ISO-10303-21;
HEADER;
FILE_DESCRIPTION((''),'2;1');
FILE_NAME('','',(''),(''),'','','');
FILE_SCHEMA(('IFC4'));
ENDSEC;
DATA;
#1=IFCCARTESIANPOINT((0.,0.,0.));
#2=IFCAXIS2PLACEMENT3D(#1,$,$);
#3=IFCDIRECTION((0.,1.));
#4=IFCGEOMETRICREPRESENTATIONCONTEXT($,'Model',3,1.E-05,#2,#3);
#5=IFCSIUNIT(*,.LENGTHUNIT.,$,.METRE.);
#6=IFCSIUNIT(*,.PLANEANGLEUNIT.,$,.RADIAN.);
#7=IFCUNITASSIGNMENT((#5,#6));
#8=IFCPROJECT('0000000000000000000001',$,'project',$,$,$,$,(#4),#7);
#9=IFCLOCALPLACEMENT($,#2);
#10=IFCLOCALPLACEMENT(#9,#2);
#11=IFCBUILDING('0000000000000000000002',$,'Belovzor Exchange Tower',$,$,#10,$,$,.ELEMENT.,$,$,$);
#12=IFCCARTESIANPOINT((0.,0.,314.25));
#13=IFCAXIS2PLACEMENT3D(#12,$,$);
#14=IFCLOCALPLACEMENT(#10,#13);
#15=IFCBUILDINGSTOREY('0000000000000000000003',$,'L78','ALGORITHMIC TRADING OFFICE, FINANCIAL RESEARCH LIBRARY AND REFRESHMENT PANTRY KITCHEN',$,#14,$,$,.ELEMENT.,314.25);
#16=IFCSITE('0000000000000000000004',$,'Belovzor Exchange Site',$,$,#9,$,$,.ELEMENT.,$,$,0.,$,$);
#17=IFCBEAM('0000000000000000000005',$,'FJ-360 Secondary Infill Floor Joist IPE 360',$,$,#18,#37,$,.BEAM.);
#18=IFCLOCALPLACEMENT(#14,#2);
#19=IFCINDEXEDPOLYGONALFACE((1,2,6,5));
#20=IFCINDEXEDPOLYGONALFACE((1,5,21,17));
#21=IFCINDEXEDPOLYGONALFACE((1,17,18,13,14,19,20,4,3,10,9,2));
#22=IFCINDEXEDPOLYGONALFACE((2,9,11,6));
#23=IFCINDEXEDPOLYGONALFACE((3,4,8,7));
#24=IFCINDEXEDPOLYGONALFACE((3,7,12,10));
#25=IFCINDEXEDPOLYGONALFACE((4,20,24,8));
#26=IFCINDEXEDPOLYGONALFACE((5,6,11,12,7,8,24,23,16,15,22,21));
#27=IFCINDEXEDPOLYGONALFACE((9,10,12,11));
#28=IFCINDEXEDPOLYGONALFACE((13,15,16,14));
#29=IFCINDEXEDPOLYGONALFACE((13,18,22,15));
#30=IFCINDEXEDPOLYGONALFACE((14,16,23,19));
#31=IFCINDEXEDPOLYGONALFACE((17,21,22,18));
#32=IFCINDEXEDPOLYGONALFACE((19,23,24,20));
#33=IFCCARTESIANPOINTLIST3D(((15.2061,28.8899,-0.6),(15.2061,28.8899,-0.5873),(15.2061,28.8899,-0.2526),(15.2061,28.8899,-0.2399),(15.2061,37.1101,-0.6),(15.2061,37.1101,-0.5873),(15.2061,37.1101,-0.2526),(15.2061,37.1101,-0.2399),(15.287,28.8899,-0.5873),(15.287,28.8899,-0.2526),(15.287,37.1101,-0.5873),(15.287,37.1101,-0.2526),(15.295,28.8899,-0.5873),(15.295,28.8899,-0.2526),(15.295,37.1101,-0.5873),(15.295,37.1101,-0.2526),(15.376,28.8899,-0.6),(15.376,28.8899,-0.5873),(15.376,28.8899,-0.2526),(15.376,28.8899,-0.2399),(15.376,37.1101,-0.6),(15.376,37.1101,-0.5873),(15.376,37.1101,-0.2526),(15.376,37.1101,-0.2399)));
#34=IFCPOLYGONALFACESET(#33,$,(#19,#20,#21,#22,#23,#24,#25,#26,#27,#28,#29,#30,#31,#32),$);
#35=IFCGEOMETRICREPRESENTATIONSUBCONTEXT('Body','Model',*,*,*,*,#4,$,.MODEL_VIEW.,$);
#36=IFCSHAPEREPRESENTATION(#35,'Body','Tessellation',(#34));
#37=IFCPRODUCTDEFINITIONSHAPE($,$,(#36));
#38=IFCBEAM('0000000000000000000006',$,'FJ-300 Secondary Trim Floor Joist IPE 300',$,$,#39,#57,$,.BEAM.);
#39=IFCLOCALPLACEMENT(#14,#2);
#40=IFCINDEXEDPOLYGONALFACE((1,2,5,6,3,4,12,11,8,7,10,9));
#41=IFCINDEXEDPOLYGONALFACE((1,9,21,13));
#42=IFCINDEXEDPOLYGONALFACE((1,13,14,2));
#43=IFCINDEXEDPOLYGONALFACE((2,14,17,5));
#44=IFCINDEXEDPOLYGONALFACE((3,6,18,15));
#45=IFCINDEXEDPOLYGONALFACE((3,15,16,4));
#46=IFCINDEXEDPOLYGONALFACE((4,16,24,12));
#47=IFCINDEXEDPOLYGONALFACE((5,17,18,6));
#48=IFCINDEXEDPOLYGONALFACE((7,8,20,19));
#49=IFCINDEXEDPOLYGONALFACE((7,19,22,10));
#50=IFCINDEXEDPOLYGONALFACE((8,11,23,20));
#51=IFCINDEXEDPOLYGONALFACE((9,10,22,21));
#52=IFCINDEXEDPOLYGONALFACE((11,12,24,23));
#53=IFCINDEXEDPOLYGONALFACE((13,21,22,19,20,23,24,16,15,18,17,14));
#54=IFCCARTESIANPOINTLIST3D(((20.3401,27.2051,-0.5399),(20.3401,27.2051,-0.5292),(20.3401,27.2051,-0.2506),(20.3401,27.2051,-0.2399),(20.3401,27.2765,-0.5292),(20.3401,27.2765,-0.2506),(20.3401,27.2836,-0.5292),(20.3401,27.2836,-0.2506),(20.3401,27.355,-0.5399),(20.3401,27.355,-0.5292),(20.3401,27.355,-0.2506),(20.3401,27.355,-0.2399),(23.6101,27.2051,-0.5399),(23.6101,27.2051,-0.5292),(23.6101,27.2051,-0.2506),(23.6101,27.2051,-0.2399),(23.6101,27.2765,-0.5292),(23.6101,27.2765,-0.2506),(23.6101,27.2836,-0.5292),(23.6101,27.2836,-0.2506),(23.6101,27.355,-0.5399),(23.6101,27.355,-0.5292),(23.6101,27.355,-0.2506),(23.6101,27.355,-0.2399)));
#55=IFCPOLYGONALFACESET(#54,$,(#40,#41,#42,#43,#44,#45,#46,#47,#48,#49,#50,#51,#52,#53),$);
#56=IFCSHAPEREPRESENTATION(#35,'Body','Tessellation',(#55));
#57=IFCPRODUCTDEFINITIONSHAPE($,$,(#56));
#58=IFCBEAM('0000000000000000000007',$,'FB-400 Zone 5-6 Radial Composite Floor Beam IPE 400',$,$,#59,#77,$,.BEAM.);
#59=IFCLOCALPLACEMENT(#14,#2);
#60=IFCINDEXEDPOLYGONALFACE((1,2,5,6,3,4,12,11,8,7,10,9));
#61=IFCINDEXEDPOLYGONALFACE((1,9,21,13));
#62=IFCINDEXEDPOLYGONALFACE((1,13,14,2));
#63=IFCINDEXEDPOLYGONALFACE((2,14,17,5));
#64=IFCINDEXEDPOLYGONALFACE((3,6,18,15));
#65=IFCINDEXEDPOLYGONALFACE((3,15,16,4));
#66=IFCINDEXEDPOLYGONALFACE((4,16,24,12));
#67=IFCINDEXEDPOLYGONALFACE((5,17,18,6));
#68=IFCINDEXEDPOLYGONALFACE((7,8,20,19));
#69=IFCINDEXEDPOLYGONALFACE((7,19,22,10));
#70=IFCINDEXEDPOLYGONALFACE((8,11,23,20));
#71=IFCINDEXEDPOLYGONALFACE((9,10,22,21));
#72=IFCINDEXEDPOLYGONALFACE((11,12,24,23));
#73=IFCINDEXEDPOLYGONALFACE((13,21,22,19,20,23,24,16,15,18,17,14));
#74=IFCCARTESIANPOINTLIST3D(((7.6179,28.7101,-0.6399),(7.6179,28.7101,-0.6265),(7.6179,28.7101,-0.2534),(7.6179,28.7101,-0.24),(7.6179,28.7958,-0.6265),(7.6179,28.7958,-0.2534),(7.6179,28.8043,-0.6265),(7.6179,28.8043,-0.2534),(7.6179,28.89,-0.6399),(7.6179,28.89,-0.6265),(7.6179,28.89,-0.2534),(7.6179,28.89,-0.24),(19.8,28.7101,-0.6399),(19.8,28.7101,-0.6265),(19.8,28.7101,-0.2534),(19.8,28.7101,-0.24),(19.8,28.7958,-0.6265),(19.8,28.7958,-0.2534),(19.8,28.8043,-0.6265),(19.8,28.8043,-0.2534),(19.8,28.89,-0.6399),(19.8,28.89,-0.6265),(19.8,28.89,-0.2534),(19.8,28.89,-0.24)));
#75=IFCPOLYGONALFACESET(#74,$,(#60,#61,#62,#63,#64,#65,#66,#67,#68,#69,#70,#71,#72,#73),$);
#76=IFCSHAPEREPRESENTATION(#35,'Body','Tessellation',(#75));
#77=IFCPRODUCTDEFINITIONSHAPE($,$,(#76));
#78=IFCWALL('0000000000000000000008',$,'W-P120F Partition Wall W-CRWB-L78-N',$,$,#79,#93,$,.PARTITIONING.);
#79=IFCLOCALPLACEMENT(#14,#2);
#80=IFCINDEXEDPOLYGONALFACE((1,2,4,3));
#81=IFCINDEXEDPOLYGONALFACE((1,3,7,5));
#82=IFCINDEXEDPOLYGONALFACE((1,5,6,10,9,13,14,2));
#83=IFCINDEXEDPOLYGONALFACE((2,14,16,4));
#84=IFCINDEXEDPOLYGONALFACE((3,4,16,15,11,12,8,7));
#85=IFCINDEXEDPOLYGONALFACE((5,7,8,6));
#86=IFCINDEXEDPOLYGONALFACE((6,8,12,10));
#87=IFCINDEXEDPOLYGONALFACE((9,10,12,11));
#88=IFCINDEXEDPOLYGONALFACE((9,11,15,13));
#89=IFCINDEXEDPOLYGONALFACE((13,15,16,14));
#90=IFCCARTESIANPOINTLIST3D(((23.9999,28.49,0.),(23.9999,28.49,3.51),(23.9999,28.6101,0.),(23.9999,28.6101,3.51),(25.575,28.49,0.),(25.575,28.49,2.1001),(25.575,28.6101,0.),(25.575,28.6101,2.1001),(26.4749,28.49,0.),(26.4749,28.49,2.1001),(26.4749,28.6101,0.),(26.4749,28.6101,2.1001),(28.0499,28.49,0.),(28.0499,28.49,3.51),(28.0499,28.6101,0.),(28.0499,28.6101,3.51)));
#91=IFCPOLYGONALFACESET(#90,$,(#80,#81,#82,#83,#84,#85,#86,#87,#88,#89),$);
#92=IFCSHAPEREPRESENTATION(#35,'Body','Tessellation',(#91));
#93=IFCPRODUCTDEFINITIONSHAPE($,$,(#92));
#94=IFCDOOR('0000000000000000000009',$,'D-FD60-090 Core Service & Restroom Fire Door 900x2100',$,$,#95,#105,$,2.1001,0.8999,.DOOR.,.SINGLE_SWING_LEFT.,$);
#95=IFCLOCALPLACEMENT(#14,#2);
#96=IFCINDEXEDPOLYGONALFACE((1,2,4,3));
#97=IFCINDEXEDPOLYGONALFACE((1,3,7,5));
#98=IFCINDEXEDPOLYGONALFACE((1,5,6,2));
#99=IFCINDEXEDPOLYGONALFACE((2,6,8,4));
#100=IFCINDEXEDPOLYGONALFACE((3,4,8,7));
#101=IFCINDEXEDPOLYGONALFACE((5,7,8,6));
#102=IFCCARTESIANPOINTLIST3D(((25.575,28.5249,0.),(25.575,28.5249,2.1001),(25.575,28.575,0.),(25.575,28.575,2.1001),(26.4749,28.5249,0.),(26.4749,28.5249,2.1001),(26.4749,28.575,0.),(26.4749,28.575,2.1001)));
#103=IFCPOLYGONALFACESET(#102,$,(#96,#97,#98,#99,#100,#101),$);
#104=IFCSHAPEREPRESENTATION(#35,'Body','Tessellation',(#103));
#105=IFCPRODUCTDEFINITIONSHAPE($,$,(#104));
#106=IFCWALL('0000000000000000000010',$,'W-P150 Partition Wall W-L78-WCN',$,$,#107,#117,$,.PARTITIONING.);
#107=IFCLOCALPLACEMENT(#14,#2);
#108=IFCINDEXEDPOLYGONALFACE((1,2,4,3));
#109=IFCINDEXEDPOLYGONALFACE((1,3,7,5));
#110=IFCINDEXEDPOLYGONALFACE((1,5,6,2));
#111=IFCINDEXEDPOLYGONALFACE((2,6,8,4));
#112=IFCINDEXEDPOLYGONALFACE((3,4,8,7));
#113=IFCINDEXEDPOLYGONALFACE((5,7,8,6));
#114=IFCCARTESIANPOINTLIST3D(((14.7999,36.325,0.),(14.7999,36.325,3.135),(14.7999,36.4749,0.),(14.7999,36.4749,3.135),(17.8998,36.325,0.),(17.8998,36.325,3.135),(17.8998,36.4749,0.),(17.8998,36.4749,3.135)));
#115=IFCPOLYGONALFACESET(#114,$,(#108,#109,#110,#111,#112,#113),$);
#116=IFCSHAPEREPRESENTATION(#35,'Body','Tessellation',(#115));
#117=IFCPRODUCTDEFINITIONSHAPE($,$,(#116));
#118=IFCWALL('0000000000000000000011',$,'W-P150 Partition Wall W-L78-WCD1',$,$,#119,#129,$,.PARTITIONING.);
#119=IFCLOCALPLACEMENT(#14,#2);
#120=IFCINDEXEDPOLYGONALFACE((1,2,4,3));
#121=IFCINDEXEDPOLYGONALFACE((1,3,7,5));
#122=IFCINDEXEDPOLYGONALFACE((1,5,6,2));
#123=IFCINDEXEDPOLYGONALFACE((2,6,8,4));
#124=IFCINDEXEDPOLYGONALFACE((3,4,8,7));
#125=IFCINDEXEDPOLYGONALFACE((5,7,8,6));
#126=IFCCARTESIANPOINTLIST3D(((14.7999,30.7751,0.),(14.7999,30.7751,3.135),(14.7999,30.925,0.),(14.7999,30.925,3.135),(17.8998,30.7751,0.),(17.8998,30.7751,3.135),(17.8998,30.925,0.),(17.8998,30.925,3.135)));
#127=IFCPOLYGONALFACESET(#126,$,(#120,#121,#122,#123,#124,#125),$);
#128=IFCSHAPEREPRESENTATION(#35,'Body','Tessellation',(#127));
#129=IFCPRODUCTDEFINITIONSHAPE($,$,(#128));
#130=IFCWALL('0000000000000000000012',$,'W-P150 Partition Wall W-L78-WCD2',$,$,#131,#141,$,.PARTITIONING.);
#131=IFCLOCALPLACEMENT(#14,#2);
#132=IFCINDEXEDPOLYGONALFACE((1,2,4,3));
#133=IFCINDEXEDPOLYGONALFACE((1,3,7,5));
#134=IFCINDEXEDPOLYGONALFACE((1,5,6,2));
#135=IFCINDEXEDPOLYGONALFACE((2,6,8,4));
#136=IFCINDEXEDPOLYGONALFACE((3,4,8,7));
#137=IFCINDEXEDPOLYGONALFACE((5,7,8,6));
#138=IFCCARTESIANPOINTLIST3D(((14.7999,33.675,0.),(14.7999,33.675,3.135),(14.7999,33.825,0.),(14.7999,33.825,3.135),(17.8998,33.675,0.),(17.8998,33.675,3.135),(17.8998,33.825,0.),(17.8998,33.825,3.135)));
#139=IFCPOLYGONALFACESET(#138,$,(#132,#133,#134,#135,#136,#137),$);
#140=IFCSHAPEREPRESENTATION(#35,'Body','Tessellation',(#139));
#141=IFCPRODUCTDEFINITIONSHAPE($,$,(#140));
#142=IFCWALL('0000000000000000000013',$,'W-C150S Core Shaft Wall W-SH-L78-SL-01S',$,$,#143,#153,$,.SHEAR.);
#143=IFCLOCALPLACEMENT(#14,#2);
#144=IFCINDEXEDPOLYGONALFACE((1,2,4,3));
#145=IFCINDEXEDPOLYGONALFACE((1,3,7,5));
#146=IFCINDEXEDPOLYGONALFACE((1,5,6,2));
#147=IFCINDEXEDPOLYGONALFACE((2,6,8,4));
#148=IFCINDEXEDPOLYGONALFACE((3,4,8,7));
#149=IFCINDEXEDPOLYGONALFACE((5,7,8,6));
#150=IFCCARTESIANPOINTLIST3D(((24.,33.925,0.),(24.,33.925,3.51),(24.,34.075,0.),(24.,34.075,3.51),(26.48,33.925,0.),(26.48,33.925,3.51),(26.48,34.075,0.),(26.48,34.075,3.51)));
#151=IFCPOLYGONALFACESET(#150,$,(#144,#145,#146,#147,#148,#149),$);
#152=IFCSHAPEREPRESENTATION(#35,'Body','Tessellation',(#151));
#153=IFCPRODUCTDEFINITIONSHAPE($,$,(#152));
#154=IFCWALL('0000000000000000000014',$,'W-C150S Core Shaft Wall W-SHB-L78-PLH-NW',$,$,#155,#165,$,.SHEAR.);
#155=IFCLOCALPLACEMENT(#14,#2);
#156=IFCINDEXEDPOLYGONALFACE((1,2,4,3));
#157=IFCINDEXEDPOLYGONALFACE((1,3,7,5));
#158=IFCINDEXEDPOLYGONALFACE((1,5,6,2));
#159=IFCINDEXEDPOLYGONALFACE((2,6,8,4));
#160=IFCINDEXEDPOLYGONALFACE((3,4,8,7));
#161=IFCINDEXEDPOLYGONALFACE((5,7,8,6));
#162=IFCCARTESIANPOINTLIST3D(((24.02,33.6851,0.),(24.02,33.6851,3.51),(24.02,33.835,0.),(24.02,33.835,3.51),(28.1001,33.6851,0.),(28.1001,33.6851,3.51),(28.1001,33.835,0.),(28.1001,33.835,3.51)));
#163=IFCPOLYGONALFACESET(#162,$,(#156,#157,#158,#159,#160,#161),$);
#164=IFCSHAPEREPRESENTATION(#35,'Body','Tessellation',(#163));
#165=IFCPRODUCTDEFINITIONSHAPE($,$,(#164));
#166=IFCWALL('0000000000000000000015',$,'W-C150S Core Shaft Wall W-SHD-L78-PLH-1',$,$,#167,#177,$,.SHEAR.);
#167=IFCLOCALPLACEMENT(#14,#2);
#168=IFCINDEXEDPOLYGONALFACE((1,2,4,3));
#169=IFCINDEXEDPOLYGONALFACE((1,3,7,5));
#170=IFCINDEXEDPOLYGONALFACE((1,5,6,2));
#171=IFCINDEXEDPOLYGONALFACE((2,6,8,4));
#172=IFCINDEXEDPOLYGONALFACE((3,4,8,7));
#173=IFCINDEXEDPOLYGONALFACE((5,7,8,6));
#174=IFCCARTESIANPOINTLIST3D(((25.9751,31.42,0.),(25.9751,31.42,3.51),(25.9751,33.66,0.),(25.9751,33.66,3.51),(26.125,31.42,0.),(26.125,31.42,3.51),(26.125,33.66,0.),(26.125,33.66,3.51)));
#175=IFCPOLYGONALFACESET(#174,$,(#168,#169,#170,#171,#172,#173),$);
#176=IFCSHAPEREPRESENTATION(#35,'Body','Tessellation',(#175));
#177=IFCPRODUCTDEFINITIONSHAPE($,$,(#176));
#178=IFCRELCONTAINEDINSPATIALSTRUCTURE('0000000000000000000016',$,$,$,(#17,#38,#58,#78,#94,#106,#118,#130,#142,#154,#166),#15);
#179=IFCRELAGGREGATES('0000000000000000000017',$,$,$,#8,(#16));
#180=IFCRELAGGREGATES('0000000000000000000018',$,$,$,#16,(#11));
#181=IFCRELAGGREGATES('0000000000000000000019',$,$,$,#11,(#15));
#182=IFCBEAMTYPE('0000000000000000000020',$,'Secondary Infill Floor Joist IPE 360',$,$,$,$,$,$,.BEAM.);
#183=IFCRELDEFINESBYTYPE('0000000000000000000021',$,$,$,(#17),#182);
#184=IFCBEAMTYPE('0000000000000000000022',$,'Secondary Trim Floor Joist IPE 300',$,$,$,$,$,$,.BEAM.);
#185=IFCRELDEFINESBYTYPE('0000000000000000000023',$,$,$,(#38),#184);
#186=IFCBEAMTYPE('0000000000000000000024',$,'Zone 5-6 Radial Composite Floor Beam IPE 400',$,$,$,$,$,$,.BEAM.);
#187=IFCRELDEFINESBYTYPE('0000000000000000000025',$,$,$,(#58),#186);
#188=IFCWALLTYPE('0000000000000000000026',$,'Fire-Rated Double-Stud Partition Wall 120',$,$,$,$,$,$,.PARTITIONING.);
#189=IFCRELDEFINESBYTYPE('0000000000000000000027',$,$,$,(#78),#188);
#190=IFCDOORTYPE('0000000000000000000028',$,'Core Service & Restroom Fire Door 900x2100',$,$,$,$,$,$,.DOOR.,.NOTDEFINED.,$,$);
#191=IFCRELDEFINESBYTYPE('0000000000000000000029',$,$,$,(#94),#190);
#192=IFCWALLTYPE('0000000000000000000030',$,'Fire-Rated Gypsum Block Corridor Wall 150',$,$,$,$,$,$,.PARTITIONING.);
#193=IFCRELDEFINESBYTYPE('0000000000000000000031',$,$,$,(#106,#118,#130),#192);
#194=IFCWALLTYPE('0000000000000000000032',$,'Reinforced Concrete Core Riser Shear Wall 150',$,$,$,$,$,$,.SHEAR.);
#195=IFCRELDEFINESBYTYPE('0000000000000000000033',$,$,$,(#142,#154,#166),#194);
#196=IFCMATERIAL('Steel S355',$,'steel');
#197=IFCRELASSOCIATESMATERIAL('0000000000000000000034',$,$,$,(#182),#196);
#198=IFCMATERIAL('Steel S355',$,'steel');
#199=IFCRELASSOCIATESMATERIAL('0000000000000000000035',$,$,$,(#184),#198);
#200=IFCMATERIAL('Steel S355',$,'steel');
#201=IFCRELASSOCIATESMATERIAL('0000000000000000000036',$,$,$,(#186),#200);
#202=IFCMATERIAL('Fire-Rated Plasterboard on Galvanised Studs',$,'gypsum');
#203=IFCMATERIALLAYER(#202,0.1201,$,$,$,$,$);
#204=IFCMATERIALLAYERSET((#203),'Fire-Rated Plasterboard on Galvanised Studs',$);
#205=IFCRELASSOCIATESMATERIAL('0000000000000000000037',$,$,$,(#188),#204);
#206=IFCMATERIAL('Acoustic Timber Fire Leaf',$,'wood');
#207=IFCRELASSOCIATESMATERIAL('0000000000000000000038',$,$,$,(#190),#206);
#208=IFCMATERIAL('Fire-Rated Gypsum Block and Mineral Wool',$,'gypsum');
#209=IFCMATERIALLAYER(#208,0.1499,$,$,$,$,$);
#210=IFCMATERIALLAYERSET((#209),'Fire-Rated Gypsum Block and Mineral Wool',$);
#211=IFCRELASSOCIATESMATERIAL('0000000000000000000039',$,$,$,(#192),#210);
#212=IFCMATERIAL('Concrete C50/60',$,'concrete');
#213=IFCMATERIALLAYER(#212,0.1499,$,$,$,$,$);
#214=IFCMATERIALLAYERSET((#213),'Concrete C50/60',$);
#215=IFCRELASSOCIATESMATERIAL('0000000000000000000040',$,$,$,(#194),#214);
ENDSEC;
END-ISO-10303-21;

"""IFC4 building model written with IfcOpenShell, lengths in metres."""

from ifc_helpers import new_model, si_unit, direction, frame, frame_2d, origin, origin_2d, place, context, subcontext, project, spatial, rectangle, i_section, extrude, material, layer, layer_set, material_profile, profile_set, type_object, element, fill, save


model = new_model("IFC4")

# Units and contexts
model_context = context("Model", 3, precision=1e-05, world=origin(), true_north=direction((0.0, 1.0)))
body_context = subcontext(model_context, "Body", "Model", "MODEL_VIEW")
ifc_project = project(units=[si_unit("LENGTHUNIT", "METRE"), si_unit("PLANEANGLEUNIT", "RADIAN")], contexts=[model_context])

# Site, building, storey
site_placement = place(None, origin())
site = spatial("IfcSite", under=ifc_project, at=site_placement, Name="Belovzor Exchange Site", CompositionType="ELEMENT", RefElevation=0.0)
building_placement = place(site_placement, origin())
building = spatial("IfcBuilding", under=site, at=building_placement, Name="Belovzor Exchange Tower", CompositionType="ELEMENT")
storey_placement = place(building_placement, frame((0.0, 0.0, 314.25)))
storey = spatial("IfcBuildingStorey", under=building, at=storey_placement, Name="L78", Description="ALGORITHMIC TRADING OFFICE, FINANCIAL RESEARCH LIBRARY AND REFRESHMENT PANTRY KITCHEN", CompositionType="ELEMENT", Elevation=314.25)

# Beams
ifc_material_1 = material(Name="Steel S355", Category="steel")
ifc_material_profile_1 = material_profile(ifc_material_1, i_section(OverallWidth=0.1699, OverallDepth=0.3601, WebThickness=0.0081, FlangeThickness=0.0127, at=origin_2d()))
ifc_profile_set_1 = profile_set([ifc_material_profile_1], Name="Steel S355")
beam_type_1 = type_object("IfcBeamType", Name="Secondary Infill Floor Joist IPE 360", PredefinedType="BEAM", material=ifc_profile_set_1)
beam_1_placement = place(storey_placement, frame((15.291, 28.8899, -0.4199), z_axis=(0.0, 1.0, 0.0), x_axis=(-1.0, 0.0, 0.0)))
element("IfcBeam", 1, at=beam_1_placement, inside=storey, type_object=beam_type_1, Name="FJ-360 Secondary Infill Floor Joist IPE 360", PredefinedType="BEAM", context=body_context, shape_type="SweptSolid", body=[
    extrude(i_section(OverallWidth=0.1699, OverallDepth=0.3601, WebThickness=0.0081, FlangeThickness=0.0127, at=origin_2d()), origin(), (0.0, 0.0, 1.0), 8.2202),
])
ifc_material_2 = material(Name="Steel S355", Category="steel")
ifc_material_profile_2 = material_profile(ifc_material_2, i_section(OverallWidth=0.1499, OverallDepth=0.3, WebThickness=0.0071, FlangeThickness=0.0107, at=origin_2d()))
ifc_profile_set_2 = profile_set([ifc_material_profile_2], Name="Steel S355")
beam_type_2 = type_object("IfcBeamType", Name="Secondary Trim Floor Joist IPE 300", PredefinedType="BEAM", material=ifc_profile_set_2)
beam_2_placement = place(storey_placement, frame((20.3401, 27.28, -0.3899), z_axis=(1.0, 0.0, 0.0), x_axis=(0.0, 1.0, 0.0)))
element("IfcBeam", 2, at=beam_2_placement, inside=storey, type_object=beam_type_2, Name="FJ-300 Secondary Trim Floor Joist IPE 300", PredefinedType="BEAM", context=body_context, shape_type="SweptSolid", body=[
    extrude(i_section(OverallWidth=0.1499, OverallDepth=0.3, WebThickness=0.0071, FlangeThickness=0.0107, at=origin_2d()), origin(), (0.0, 0.0, 1.0), 3.27),
])
ifc_material_3 = material(Name="Steel S355", Category="steel")
ifc_material_profile_3 = material_profile(ifc_material_3, i_section(OverallWidth=0.1799, OverallDepth=0.3999, WebThickness=0.0085, FlangeThickness=0.0134, at=origin_2d()))
ifc_profile_set_3 = profile_set([ifc_material_profile_3], Name="Steel S355")
beam_type_3 = type_object("IfcBeamType", Name="Zone 5-6 Radial Composite Floor Beam IPE 400", PredefinedType="BEAM", material=ifc_profile_set_3)
beam_3_placement = place(storey_placement, frame((19.8, 28.8, -0.4399), z_axis=(-1.0, 0.0, 0.0), x_axis=(0.0, -1.0, 0.0)))
element("IfcBeam", 3, at=beam_3_placement, inside=storey, type_object=beam_type_3, Name="FB-400 Zone 5-6 Radial Composite Floor Beam IPE 400", PredefinedType="BEAM", context=body_context, shape_type="SweptSolid", body=[
    extrude(i_section(OverallWidth=0.1799, OverallDepth=0.3999, WebThickness=0.0085, FlangeThickness=0.0134, at=origin_2d()), origin(), (0.0, 0.0, 1.0), 12.1821),
])

# Wall, opening, door
ifc_material_4 = material(Name="Fire-Rated Plasterboard on Galvanised Studs", Category="gypsum")
ifc_layer_1 = layer(ifc_material_4, 0.1201)
ifc_layer_set_1 = layer_set([ifc_layer_1], Name="Fire-Rated Plasterboard on Galvanised Studs")
wall_type_1 = type_object("IfcWallType", Name="Fire-Rated Double-Stud Partition Wall 120", PredefinedType="PARTITIONING", material=ifc_layer_set_1)
wall_1_placement = place(storey_placement, frame((24.0, 28.55, 0.0), z_axis=(0.0, 0.0, 1.0), x_axis=(1.0, 0.0, 0.0)))
wall_1 = element("IfcWall", 4, at=wall_1_placement, inside=storey, type_object=wall_type_1, Name="W-P120F Partition Wall W-CRWB-L78-N", PredefinedType="PARTITIONING", context=body_context, shape_type="SweptSolid", body=[
    extrude(rectangle(XDim=4.05, YDim=0.1201, at=frame_2d((2.0249, 0.0))), origin(), (0.0, 0.0, 1.0), 3.51),
])
opening_1_placement = place(wall_1_placement, frame((1.575, 0.0, 0.0)))
opening_1 = element("IfcOpeningElement", 5, at=opening_1_placement, cuts=wall_1, PredefinedType="OPENING", context=body_context, shape_type="SweptSolid", body=[
    extrude(rectangle(XDim=0.8999, YDim=2.1001, at=frame_2d((0.45, 1.05))), frame((0.0, 0.0701, 0.0), z_axis=(0.0, -1.0, 0.0), x_axis=(1.0, 0.0, 0.0)), (0.0, 0.0, 1.0), 0.1401),
])
ifc_material_5 = material(Name="Acoustic Timber Fire Leaf", Category="wood")
door_type_1 = type_object("IfcDoorType", Name="Core Service & Restroom Fire Door 900x2100", OperationType="NOTDEFINED", PredefinedType="DOOR", material=ifc_material_5)
door_1_placement = place(opening_1_placement, origin())
door_1 = element("IfcDoor", 6, at=door_1_placement, inside=storey, type_object=door_type_1, Name="D-FD60-090 Core Service & Restroom Fire Door 900x2100", OperationType="SINGLE_SWING_LEFT", OverallHeight=2.1001, OverallWidth=0.8999, PredefinedType="DOOR", context=body_context, shape_type="SweptSolid", body=[
    extrude(rectangle(XDim=0.8999, YDim=2.1001, at=frame_2d((0.45, 1.05))), frame((0.0, 0.0249, 0.0), z_axis=(0.0, -1.0, 0.0), x_axis=(1.0, 0.0, 0.0)), (0.0, 0.0, 1.0), 0.05),
])
fill(opening_1, door_1)

# Walls
ifc_material_6 = material(Name="Fire-Rated Gypsum Block and Mineral Wool", Category="gypsum")
ifc_layer_2 = layer(ifc_material_6, 0.1499)
ifc_layer_set_2 = layer_set([ifc_layer_2], Name="Fire-Rated Gypsum Block and Mineral Wool")
wall_type_2 = type_object("IfcWallType", Name="Fire-Rated Gypsum Block Corridor Wall 150", PredefinedType="PARTITIONING", material=ifc_layer_set_2)
for number, where, z_axis, x_axis, name in (
    (7, (14.8, 36.3999, 0.0), (0.0, 0.0, 1.0), (1.0, 0.0, 0.0), "W-P150 Partition Wall W-L78-WCN"),
    (8, (14.8, 30.8501, 0.0), (0.0, 0.0, 1.0), (1.0, 0.0, 0.0), "W-P150 Partition Wall W-L78-WCD1"),
    (9, (14.8, 33.75, 0.0), (0.0, 0.0, 1.0), (1.0, 0.0, 0.0), "W-P150 Partition Wall W-L78-WCD2"),
):
    element("IfcWall", number, at=place(storey_placement, frame(where, z_axis=z_axis, x_axis=x_axis)), inside=storey, type_object=wall_type_2, Name=name, PredefinedType="PARTITIONING", context=body_context, shape_type="SweptSolid", body=[
        extrude(rectangle(XDim=3.0999, YDim=0.1499, at=frame_2d((1.5498, 0.0))), origin(), (0.0, 0.0, 1.0), 3.135),
    ])
ifc_material_7 = material(Name="Concrete C50/60", Category="concrete")
ifc_layer_3 = layer(ifc_material_7, 0.1499)
ifc_layer_set_3 = layer_set([ifc_layer_3], Name="Concrete C50/60")
wall_type_3 = type_object("IfcWallType", Name="Reinforced Concrete Core Riser Shear Wall 150", PredefinedType="SHEAR", material=ifc_layer_set_3)
wall_2_placement = place(storey_placement, frame((24.0, 34.0, 0.0), z_axis=(0.0, 0.0, 1.0), x_axis=(1.0, 0.0, 0.0)))
element("IfcWall", 10, at=wall_2_placement, inside=storey, type_object=wall_type_3, Name="W-C150S Core Shaft Wall W-SH-L78-SL-01S", PredefinedType="SHEAR", context=body_context, shape_type="SweptSolid", body=[
    extrude(rectangle(XDim=2.48, YDim=0.1499, at=frame_2d((1.24, 0.0))), origin(), (0.0, 0.0, 1.0), 3.51),
])
wall_3_placement = place(storey_placement, frame((24.02, 33.76, 0.0), z_axis=(0.0, 0.0, 1.0), x_axis=(1.0, 0.0, 0.0)))
element("IfcWall", 11, at=wall_3_placement, inside=storey, type_object=wall_type_3, Name="W-C150S Core Shaft Wall W-SHB-L78-PLH-NW", PredefinedType="SHEAR", context=body_context, shape_type="SweptSolid", body=[
    extrude(rectangle(XDim=4.0801, YDim=0.1499, at=frame_2d((2.04, 0.0))), origin(), (0.0, 0.0, 1.0), 3.51),
])
wall_4_placement = place(storey_placement, frame((26.05, 31.4199, 0.0), z_axis=(0.0, 0.0, 1.0), x_axis=(0.0, 1.0, 0.0)))
element("IfcWall", 12, at=wall_4_placement, inside=storey, type_object=wall_type_3, Name="W-C150S Core Shaft Wall W-SHD-L78-PLH-1", PredefinedType="SHEAR", context=body_context, shape_type="SweptSolid", body=[
    extrude(rectangle(XDim=2.24, YDim=0.1499, at=frame_2d((1.1201, 0.0))), origin(), (0.0, 0.0, 1.0), 3.51),
])

save(model, "model.ifc")
